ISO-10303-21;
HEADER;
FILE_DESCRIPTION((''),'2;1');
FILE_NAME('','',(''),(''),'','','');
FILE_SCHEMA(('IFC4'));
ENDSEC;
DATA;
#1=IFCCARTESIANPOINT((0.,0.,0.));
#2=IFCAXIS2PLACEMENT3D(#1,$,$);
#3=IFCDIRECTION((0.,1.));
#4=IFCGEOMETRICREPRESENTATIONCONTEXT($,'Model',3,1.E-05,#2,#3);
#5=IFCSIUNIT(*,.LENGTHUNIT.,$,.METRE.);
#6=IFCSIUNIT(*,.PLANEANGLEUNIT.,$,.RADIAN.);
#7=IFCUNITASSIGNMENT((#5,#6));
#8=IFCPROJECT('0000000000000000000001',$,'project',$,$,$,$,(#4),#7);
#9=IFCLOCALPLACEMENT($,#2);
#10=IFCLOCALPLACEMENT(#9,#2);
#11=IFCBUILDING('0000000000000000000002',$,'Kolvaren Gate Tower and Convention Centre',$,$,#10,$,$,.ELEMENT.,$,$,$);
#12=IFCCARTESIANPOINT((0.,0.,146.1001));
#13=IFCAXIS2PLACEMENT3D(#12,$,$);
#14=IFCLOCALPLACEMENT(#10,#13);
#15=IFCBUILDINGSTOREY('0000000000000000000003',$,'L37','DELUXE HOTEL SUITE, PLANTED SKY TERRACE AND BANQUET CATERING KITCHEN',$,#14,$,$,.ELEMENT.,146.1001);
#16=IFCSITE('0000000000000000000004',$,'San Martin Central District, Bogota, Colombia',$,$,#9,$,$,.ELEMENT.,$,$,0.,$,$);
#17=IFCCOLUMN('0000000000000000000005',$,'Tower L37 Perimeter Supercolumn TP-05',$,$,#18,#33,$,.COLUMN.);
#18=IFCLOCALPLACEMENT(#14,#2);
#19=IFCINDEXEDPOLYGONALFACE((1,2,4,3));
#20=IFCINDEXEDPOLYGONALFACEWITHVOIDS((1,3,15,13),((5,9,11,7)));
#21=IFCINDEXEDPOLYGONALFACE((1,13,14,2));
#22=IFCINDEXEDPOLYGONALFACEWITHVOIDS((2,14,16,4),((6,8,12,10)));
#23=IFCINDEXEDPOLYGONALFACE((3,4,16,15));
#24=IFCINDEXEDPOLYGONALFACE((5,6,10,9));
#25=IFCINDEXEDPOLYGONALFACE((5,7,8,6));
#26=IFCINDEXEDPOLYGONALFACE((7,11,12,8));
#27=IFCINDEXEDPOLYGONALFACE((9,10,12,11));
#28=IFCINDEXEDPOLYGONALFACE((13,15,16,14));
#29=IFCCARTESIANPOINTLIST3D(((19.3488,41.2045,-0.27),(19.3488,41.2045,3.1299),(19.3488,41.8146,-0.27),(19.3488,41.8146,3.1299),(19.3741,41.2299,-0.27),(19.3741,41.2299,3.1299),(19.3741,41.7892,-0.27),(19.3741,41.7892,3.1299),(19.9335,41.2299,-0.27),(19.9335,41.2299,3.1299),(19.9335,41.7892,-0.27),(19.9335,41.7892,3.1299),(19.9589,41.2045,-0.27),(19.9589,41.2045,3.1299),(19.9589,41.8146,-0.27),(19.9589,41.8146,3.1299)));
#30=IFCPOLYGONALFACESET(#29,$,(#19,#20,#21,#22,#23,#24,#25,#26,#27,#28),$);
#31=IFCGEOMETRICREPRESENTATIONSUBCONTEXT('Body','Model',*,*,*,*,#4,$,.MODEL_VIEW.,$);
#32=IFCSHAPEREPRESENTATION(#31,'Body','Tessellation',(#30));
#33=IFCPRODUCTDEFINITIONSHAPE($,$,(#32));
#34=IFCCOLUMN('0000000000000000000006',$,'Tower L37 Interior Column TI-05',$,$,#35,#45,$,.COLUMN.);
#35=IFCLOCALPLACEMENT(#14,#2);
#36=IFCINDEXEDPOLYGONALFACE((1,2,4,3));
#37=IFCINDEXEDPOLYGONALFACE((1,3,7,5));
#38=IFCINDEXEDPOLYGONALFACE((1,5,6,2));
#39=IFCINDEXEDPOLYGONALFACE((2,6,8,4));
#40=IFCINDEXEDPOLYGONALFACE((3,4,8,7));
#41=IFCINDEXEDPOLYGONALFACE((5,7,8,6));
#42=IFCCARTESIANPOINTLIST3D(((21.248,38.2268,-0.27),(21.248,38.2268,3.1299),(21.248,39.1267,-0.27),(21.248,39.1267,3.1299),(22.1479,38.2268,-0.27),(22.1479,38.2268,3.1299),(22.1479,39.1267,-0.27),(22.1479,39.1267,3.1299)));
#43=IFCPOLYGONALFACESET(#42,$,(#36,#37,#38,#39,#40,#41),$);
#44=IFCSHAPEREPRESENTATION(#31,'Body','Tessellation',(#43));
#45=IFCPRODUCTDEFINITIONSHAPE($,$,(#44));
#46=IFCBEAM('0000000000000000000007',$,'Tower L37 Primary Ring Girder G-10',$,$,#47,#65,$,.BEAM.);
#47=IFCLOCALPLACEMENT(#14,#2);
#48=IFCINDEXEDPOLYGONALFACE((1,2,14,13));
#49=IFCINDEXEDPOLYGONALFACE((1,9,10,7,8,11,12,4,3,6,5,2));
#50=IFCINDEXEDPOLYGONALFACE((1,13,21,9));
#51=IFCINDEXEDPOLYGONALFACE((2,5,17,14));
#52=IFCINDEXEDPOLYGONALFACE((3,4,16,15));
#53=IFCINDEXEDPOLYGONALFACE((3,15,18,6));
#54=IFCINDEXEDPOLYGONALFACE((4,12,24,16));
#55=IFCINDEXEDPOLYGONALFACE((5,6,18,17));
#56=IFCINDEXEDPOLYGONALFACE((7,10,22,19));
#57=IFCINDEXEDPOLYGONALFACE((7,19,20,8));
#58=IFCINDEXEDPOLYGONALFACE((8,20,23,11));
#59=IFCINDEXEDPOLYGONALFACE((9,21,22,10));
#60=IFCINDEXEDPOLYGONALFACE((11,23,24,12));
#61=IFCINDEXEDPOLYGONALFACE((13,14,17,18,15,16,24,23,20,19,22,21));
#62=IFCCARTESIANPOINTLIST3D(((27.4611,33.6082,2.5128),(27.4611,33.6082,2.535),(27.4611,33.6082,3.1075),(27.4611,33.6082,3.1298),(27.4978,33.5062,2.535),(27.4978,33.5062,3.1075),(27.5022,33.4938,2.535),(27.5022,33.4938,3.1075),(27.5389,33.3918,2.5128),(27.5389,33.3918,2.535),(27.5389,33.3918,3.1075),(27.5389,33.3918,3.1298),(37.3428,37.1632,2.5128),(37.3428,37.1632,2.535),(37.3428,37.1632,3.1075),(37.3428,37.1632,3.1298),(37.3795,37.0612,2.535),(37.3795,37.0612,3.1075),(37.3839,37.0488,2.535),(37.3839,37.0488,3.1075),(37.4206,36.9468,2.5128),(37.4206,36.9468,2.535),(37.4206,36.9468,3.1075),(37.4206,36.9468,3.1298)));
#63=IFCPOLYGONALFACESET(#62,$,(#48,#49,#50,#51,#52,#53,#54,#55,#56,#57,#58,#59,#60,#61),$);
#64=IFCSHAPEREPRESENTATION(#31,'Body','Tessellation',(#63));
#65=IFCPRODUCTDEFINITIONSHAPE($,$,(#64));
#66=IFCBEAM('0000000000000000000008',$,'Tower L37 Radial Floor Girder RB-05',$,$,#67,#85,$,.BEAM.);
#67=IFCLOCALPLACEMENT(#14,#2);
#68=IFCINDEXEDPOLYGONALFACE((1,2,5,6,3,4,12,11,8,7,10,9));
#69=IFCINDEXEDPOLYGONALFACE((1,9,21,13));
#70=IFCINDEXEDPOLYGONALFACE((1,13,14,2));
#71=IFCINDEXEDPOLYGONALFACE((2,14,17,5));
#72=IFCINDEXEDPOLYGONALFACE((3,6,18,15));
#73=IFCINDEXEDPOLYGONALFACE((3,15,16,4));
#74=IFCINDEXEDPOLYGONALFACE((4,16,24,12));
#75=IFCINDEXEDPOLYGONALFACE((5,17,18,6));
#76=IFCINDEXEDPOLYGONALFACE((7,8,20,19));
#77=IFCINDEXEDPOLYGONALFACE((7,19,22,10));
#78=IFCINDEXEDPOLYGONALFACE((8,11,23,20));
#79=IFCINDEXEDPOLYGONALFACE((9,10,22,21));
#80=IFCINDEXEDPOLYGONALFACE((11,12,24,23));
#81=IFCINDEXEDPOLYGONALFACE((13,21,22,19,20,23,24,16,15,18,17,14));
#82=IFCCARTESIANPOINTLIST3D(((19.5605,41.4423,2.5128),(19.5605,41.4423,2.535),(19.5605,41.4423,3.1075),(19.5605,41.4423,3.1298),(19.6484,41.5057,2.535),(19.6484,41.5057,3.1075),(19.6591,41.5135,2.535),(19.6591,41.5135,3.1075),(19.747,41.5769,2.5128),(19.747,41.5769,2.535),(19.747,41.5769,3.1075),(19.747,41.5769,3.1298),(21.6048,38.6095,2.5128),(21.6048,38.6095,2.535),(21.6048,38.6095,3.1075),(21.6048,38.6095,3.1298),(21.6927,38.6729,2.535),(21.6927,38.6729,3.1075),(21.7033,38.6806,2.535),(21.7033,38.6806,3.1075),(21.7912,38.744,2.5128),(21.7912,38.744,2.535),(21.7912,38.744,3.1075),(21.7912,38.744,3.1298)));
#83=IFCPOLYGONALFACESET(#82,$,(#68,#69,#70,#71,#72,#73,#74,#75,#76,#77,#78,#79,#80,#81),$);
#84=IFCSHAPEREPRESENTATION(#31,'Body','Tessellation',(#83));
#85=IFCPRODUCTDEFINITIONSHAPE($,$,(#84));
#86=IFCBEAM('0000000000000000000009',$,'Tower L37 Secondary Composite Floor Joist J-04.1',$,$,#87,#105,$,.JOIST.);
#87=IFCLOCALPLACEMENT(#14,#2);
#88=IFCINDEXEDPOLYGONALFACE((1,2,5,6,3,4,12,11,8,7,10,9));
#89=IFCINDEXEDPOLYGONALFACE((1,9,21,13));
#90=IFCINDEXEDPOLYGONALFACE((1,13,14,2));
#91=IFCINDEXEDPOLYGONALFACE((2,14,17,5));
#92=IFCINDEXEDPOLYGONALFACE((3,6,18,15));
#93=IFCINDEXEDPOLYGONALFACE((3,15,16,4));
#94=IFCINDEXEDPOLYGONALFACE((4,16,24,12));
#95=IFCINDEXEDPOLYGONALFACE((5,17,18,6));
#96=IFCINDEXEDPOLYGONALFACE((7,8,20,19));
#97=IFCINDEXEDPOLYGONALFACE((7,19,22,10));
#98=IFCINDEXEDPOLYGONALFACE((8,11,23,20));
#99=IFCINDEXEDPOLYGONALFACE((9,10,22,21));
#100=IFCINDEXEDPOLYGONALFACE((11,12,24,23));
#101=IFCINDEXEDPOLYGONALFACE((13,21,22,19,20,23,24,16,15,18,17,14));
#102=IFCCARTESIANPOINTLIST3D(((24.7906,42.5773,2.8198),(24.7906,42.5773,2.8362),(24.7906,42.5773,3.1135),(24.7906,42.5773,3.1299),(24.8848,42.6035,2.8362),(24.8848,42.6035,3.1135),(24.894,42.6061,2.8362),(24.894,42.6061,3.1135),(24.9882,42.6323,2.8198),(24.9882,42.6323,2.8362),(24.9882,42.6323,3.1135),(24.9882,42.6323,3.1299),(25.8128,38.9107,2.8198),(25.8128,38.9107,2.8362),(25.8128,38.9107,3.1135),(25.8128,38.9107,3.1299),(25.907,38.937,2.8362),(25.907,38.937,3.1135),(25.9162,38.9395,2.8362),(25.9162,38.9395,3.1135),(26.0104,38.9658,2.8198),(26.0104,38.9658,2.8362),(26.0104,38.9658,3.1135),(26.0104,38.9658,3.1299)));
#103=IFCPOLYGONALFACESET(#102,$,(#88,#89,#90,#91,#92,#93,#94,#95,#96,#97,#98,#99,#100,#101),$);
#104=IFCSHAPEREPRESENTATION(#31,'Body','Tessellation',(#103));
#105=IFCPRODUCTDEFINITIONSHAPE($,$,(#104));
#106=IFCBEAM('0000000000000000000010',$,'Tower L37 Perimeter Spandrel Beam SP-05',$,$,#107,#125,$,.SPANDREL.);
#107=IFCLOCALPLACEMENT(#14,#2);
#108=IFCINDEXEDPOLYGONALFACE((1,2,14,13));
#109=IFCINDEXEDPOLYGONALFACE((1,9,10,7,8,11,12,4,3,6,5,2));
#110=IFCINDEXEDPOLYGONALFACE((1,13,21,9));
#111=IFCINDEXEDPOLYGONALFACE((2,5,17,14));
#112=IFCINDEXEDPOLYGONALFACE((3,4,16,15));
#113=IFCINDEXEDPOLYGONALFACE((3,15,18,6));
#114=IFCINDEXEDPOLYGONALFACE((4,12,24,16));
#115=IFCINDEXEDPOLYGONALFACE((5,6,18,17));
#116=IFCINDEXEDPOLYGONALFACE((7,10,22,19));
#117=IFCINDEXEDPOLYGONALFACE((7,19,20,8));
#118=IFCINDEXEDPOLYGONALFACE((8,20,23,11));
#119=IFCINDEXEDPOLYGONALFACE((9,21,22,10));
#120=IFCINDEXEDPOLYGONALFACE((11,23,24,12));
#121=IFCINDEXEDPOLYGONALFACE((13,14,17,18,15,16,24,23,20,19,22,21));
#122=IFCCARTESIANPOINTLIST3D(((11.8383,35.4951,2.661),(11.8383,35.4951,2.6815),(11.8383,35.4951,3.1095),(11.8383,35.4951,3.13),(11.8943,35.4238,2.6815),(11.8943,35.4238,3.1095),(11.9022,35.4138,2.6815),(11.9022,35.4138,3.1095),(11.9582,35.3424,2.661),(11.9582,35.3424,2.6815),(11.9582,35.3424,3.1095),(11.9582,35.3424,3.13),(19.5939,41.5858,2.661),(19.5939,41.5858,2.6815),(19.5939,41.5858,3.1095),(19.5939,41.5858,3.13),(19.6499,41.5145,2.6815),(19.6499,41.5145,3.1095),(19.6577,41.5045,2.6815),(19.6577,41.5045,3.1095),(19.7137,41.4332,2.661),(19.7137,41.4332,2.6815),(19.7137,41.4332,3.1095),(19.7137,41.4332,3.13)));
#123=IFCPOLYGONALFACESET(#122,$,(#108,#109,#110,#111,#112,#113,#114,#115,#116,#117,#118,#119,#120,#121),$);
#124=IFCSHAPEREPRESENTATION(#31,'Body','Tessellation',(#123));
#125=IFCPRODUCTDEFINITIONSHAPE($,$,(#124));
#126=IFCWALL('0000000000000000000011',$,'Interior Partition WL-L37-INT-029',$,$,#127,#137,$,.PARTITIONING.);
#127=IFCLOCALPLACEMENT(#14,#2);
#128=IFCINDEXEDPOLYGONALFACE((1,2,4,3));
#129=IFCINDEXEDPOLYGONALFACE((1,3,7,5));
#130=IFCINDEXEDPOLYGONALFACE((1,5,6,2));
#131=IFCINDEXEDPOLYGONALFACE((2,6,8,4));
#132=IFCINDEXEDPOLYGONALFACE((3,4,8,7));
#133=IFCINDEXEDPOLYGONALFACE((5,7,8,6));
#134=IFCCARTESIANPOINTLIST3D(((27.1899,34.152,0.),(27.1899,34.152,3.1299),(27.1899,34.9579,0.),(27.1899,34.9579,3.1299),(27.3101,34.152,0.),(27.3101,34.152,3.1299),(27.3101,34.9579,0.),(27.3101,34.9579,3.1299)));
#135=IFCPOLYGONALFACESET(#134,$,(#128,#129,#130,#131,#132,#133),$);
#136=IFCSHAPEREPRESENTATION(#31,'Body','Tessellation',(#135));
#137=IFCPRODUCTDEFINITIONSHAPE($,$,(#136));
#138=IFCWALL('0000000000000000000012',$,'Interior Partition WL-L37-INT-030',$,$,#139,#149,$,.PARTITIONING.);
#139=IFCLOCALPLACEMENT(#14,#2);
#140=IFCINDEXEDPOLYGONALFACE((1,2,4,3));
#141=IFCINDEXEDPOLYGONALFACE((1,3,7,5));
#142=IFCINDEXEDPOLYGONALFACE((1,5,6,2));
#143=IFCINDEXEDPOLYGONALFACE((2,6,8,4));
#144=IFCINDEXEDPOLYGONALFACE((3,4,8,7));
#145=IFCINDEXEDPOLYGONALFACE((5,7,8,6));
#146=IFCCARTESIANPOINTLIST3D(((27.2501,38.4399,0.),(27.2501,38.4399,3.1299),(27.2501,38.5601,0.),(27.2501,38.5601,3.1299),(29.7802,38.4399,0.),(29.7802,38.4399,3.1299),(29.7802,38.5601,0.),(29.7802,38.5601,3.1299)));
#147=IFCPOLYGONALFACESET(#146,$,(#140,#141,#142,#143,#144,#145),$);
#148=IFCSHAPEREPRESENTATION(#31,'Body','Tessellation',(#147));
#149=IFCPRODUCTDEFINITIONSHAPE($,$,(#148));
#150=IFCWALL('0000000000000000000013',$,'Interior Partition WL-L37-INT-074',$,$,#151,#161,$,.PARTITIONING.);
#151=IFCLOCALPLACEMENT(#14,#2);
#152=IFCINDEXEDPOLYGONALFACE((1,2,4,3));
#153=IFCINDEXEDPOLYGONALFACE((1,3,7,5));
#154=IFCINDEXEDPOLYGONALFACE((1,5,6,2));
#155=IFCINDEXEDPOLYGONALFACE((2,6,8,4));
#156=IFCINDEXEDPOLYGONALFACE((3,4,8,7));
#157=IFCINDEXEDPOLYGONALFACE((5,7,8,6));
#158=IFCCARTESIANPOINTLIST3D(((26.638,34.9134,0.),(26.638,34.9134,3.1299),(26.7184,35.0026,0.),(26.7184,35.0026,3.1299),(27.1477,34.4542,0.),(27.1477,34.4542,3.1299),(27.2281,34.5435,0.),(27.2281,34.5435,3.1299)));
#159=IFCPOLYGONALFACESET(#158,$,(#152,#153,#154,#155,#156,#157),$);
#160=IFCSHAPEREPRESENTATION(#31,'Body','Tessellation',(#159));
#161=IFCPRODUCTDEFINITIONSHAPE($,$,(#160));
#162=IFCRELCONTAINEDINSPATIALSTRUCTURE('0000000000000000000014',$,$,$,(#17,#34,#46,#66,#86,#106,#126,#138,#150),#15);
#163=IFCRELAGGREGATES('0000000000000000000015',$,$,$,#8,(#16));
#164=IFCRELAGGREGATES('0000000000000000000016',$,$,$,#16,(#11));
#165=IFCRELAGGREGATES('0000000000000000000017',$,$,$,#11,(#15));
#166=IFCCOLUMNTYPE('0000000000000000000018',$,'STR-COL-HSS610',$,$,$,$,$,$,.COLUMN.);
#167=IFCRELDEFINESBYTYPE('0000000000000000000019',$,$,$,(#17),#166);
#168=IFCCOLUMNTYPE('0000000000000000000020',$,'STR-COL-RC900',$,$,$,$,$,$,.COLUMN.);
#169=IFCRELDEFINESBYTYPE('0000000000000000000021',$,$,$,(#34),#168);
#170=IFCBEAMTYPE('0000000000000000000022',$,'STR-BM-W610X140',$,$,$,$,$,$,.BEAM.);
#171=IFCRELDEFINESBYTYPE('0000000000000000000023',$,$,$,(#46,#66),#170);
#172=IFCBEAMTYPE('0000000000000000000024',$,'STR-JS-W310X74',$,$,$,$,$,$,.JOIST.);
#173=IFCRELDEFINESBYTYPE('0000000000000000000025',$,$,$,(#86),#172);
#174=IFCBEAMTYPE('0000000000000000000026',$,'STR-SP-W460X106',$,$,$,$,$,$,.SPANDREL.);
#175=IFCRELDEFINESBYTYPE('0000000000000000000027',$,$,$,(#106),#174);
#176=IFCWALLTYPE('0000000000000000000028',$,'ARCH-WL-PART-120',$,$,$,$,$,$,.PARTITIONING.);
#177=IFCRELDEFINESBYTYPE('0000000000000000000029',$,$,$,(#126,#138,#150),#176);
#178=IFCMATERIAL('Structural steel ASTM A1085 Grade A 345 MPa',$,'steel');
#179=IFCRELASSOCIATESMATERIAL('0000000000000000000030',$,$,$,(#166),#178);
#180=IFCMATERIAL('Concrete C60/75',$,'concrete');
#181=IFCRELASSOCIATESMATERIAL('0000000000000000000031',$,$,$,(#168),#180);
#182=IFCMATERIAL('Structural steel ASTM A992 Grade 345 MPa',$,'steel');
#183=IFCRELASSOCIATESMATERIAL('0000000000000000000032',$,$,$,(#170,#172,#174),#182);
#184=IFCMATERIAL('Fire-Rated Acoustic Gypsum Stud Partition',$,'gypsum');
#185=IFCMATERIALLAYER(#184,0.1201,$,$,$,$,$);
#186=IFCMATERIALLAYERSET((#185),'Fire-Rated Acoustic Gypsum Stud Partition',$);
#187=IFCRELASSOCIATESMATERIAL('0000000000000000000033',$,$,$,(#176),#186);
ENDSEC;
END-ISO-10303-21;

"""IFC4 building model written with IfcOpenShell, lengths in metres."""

from ifc_helpers import new_model, si_unit, direction, frame, frame_2d, origin, origin_2d, place, context, subcontext, project, spatial, rectangle, hollow_rectangle, i_section, extrude, material, layer, layer_set, material_profile, profile_set, type_object, element, save


model = new_model("IFC4")

# Units and contexts
model_context = context("Model", 3, precision=1e-05, world=origin(), true_north=direction((0.0, 1.0)))
body_context = subcontext(model_context, "Body", "Model", "MODEL_VIEW")
ifc_project = project(units=[si_unit("LENGTHUNIT", "METRE"), si_unit("PLANEANGLEUNIT", "RADIAN")], contexts=[model_context])

# Site, building, storey
site_placement = place(None, origin())
site = spatial("IfcSite", under=ifc_project, at=site_placement, Name="San Martin Central District, Bogota, Colombia", CompositionType="ELEMENT", RefElevation=0.0)
building_placement = place(site_placement, origin())
building = spatial("IfcBuilding", under=site, at=building_placement, Name="Kolvaren Gate Tower and Convention Centre", CompositionType="ELEMENT")
storey_placement = place(building_placement, frame((0.0, 0.0, 146.1001)))
storey = spatial("IfcBuildingStorey", under=building, at=storey_placement, Name="L37", Description="DELUXE HOTEL SUITE, PLANTED SKY TERRACE AND BANQUET CATERING KITCHEN", CompositionType="ELEMENT", Elevation=146.1001)

# Columns
ifc_material_1 = material(Name="Structural steel ASTM A1085 Grade A 345 MPa", Category="steel")
ifc_material_profile_1 = material_profile(ifc_material_1, hollow_rectangle(XDim=0.6101, YDim=0.6101, WallThickness=0.0254, at=origin_2d()), Name="HSS610X610X25.4")
ifc_profile_set_1 = profile_set([ifc_material_profile_1], Name="Structural steel ASTM A1085 Grade A 345 MPa")
column_type_1 = type_object("IfcColumnType", Name="STR-COL-HSS610", PredefinedType="COLUMN", material=ifc_profile_set_1)
column_1_placement = place(storey_placement, frame((19.6538, 41.5095, -0.27), z_axis=(0.0, 0.0, 1.0), x_axis=(1.0, 0.0, 0.0)))
element("IfcColumn", 1, at=column_1_placement, inside=storey, type_object=column_type_1, Name="Tower L37 Perimeter Supercolumn TP-05", PredefinedType="COLUMN", context=body_context, shape_type="SweptSolid", body=[
    extrude(hollow_rectangle(XDim=0.6101, YDim=0.6101, WallThickness=0.0254, at=origin_2d()), origin(), (0.0, 0.0, 1.0), 3.3999),
])
ifc_material_2 = material(Name="Concrete C60/75", Category="concrete")
ifc_material_profile_2 = material_profile(ifc_material_2, rectangle(XDim=0.8999, YDim=0.8999, at=origin_2d()), Name="RC-COL-900X900")
ifc_profile_set_2 = profile_set([ifc_material_profile_2], Name="Concrete C60/75")
column_type_2 = type_object("IfcColumnType", Name="STR-COL-RC900", PredefinedType="COLUMN", material=ifc_profile_set_2)
column_2_placement = place(storey_placement, frame((21.698, 38.6768, -0.27), z_axis=(0.0, 0.0, 1.0), x_axis=(1.0, 0.0, 0.0)))
element("IfcColumn", 2, at=column_2_placement, inside=storey, type_object=column_type_2, Name="Tower L37 Interior Column TI-05", PredefinedType="COLUMN", context=body_context, shape_type="SweptSolid", body=[
    extrude(rectangle(XDim=0.8999, YDim=0.8999, at=origin_2d()), origin(), (0.0, 0.0, 1.0), 3.3999),
])

# Beams
ifc_material_3 = material(Name="Structural steel ASTM A992 Grade 345 MPa", Category="steel")
ifc_material_profile_3 = material_profile(ifc_material_3, i_section(OverallWidth=0.23, OverallDepth=0.6169, WebThickness=0.0132, FlangeThickness=0.0222, at=origin_2d()), Name="W610X140")
ifc_profile_set_3 = profile_set([ifc_material_profile_3], Name="Structural steel ASTM A992 Grade 345 MPa")
beam_type_1 = type_object("IfcBeamType", Name="STR-BM-W610X140", PredefinedType="BEAM", material=ifc_profile_set_3)
beam_1_placement = place(storey_placement, frame((27.5, 33.5, 2.8213), z_axis=(0.940961, 0.338514, 0.0), x_axis=(-0.338514, 0.940961, 0.0)))
element("IfcBeam", 3, at=beam_1_placement, inside=storey, type_object=beam_type_1, Name="Tower L37 Primary Ring Girder G-10", PredefinedType="BEAM", context=body_context, shape_type="SweptSolid", body=[
    extrude(i_section(OverallWidth=0.23, OverallDepth=0.6169, WebThickness=0.0132, FlangeThickness=0.0222, at=origin_2d()), origin(), (0.0, 0.0, 1.0), 10.5017),
])
beam_2_placement = place(storey_placement, frame((21.698, 38.6768, 2.8213), z_axis=(-0.585172, 0.81091, 0.0), x_axis=(-0.81091, -0.585172, 0.0)))
element("IfcBeam", 4, at=beam_2_placement, inside=storey, type_object=beam_type_1, Name="Tower L37 Radial Floor Girder RB-05", PredefinedType="BEAM", context=body_context, shape_type="SweptSolid", body=[
    extrude(i_section(OverallWidth=0.23, OverallDepth=0.6169, WebThickness=0.0132, FlangeThickness=0.0222, at=origin_2d()), origin(), (0.0, 0.0, 1.0), 3.4934),
])
ifc_material_profile_4 = material_profile(ifc_material_3, i_section(OverallWidth=0.2051, OverallDepth=0.3101, WebThickness=0.0095, FlangeThickness=0.0164, at=origin_2d()), Name="W310X74")
ifc_profile_set_4 = profile_set([ifc_material_profile_4], Name="Structural steel ASTM A992 Grade 345 MPa")
beam_type_2 = type_object("IfcBeamType", Name="STR-JS-W310X74", PredefinedType="JOIST", material=ifc_profile_set_4)
beam_3_placement = place(storey_placement, frame((25.9116, 38.9382, 2.9749), z_axis=(-0.268557, 0.963264, 0.0), x_axis=(-0.963264, -0.268557, 0.0)))
element("IfcBeam", 5, at=beam_3_placement, inside=storey, type_object=beam_type_2, Name="Tower L37 Secondary Composite Floor Joist J-04.1", PredefinedType="JOIST", context=body_context, shape_type="SweptSolid", body=[
    extrude(i_section(OverallWidth=0.2051, OverallDepth=0.3101, WebThickness=0.0095, FlangeThickness=0.0164, at=origin_2d()), origin(), (0.0, 0.0, 1.0), 3.8064),
])
ifc_material_profile_5 = material_profile(ifc_material_3, i_section(OverallWidth=0.1941, OverallDepth=0.469, WebThickness=0.0127, FlangeThickness=0.0205, at=origin_2d()), Name="W460X106")
ifc_profile_set_5 = profile_set([ifc_material_profile_5], Name="Structural steel ASTM A992 Grade 345 MPa")
beam_type_3 = type_object("IfcBeamType", Name="STR-SP-W460X106", PredefinedType="SPANDREL", material=ifc_profile_set_5)
beam_4_placement = place(storey_placement, frame((19.6538, 41.5095, 2.8955), z_axis=(-0.78646, -0.617641, 0.0), x_axis=(0.617641, -0.78646, 0.0)))
element("IfcBeam", 6, at=beam_4_placement, inside=storey, type_object=beam_type_3, Name="Tower L37 Perimeter Spandrel Beam SP-05", PredefinedType="SPANDREL", context=body_context, shape_type="SweptSolid", body=[
    extrude(i_section(OverallWidth=0.1941, OverallDepth=0.469, WebThickness=0.0127, FlangeThickness=0.0205, at=origin_2d()), origin(), (0.0, 0.0, 1.0), 9.8613),
])

# Walls
ifc_material_4 = material(Name="Fire-Rated Acoustic Gypsum Stud Partition", Category="gypsum")
ifc_layer_1 = layer(ifc_material_4, 0.1201)
ifc_layer_set_1 = layer_set([ifc_layer_1], Name="Fire-Rated Acoustic Gypsum Stud Partition")
wall_type_1 = type_object("IfcWallType", Name="ARCH-WL-PART-120", PredefinedType="PARTITIONING", material=ifc_layer_set_1)
wall_1_placement = place(storey_placement, frame((27.25, 34.1521, 0.0), z_axis=(0.0, 0.0, 1.0), x_axis=(0.0, 1.0, 0.0)))
element("IfcWall", 7, at=wall_1_placement, inside=storey, type_object=wall_type_1, Name="Interior Partition WL-L37-INT-029", PredefinedType="PARTITIONING", context=body_context, shape_type="SweptSolid", body=[
    extrude(rectangle(XDim=0.8059, YDim=0.1201, at=frame_2d((0.4028, 0.0))), origin(), (0.0, 0.0, 1.0), 3.1299),
])
wall_2_placement = place(storey_placement, frame((27.25, 38.5, 0.0), z_axis=(0.0, 0.0, 1.0), x_axis=(1.0, 0.0, 0.0)))
element("IfcWall", 8, at=wall_2_placement, inside=storey, type_object=wall_type_1, Name="Interior Partition WL-L37-INT-030", PredefinedType="PARTITIONING", context=body_context, shape_type="SweptSolid", body=[
    extrude(rectangle(XDim=2.53, YDim=0.1201, at=frame_2d((1.2651, 0.0))), origin(), (0.0, 0.0, 1.0), 3.1299),
])
wall_3_placement = place(storey_placement, frame((26.6782, 34.958, 0.0), z_axis=(0.0, 0.0, 1.0), x_axis=(0.742976, -0.669319, 0.0)))
element("IfcWall", 9, at=wall_3_placement, inside=storey, type_object=wall_type_1, Name="Interior Partition WL-L37-INT-074", PredefinedType="PARTITIONING", context=body_context, shape_type="SweptSolid", body=[
    extrude(rectangle(XDim=0.686, YDim=0.1201, at=frame_2d((0.343, 0.0))), origin(), (0.0, 0.0, 1.0), 3.1299),
])

save(model, "model.ifc")
